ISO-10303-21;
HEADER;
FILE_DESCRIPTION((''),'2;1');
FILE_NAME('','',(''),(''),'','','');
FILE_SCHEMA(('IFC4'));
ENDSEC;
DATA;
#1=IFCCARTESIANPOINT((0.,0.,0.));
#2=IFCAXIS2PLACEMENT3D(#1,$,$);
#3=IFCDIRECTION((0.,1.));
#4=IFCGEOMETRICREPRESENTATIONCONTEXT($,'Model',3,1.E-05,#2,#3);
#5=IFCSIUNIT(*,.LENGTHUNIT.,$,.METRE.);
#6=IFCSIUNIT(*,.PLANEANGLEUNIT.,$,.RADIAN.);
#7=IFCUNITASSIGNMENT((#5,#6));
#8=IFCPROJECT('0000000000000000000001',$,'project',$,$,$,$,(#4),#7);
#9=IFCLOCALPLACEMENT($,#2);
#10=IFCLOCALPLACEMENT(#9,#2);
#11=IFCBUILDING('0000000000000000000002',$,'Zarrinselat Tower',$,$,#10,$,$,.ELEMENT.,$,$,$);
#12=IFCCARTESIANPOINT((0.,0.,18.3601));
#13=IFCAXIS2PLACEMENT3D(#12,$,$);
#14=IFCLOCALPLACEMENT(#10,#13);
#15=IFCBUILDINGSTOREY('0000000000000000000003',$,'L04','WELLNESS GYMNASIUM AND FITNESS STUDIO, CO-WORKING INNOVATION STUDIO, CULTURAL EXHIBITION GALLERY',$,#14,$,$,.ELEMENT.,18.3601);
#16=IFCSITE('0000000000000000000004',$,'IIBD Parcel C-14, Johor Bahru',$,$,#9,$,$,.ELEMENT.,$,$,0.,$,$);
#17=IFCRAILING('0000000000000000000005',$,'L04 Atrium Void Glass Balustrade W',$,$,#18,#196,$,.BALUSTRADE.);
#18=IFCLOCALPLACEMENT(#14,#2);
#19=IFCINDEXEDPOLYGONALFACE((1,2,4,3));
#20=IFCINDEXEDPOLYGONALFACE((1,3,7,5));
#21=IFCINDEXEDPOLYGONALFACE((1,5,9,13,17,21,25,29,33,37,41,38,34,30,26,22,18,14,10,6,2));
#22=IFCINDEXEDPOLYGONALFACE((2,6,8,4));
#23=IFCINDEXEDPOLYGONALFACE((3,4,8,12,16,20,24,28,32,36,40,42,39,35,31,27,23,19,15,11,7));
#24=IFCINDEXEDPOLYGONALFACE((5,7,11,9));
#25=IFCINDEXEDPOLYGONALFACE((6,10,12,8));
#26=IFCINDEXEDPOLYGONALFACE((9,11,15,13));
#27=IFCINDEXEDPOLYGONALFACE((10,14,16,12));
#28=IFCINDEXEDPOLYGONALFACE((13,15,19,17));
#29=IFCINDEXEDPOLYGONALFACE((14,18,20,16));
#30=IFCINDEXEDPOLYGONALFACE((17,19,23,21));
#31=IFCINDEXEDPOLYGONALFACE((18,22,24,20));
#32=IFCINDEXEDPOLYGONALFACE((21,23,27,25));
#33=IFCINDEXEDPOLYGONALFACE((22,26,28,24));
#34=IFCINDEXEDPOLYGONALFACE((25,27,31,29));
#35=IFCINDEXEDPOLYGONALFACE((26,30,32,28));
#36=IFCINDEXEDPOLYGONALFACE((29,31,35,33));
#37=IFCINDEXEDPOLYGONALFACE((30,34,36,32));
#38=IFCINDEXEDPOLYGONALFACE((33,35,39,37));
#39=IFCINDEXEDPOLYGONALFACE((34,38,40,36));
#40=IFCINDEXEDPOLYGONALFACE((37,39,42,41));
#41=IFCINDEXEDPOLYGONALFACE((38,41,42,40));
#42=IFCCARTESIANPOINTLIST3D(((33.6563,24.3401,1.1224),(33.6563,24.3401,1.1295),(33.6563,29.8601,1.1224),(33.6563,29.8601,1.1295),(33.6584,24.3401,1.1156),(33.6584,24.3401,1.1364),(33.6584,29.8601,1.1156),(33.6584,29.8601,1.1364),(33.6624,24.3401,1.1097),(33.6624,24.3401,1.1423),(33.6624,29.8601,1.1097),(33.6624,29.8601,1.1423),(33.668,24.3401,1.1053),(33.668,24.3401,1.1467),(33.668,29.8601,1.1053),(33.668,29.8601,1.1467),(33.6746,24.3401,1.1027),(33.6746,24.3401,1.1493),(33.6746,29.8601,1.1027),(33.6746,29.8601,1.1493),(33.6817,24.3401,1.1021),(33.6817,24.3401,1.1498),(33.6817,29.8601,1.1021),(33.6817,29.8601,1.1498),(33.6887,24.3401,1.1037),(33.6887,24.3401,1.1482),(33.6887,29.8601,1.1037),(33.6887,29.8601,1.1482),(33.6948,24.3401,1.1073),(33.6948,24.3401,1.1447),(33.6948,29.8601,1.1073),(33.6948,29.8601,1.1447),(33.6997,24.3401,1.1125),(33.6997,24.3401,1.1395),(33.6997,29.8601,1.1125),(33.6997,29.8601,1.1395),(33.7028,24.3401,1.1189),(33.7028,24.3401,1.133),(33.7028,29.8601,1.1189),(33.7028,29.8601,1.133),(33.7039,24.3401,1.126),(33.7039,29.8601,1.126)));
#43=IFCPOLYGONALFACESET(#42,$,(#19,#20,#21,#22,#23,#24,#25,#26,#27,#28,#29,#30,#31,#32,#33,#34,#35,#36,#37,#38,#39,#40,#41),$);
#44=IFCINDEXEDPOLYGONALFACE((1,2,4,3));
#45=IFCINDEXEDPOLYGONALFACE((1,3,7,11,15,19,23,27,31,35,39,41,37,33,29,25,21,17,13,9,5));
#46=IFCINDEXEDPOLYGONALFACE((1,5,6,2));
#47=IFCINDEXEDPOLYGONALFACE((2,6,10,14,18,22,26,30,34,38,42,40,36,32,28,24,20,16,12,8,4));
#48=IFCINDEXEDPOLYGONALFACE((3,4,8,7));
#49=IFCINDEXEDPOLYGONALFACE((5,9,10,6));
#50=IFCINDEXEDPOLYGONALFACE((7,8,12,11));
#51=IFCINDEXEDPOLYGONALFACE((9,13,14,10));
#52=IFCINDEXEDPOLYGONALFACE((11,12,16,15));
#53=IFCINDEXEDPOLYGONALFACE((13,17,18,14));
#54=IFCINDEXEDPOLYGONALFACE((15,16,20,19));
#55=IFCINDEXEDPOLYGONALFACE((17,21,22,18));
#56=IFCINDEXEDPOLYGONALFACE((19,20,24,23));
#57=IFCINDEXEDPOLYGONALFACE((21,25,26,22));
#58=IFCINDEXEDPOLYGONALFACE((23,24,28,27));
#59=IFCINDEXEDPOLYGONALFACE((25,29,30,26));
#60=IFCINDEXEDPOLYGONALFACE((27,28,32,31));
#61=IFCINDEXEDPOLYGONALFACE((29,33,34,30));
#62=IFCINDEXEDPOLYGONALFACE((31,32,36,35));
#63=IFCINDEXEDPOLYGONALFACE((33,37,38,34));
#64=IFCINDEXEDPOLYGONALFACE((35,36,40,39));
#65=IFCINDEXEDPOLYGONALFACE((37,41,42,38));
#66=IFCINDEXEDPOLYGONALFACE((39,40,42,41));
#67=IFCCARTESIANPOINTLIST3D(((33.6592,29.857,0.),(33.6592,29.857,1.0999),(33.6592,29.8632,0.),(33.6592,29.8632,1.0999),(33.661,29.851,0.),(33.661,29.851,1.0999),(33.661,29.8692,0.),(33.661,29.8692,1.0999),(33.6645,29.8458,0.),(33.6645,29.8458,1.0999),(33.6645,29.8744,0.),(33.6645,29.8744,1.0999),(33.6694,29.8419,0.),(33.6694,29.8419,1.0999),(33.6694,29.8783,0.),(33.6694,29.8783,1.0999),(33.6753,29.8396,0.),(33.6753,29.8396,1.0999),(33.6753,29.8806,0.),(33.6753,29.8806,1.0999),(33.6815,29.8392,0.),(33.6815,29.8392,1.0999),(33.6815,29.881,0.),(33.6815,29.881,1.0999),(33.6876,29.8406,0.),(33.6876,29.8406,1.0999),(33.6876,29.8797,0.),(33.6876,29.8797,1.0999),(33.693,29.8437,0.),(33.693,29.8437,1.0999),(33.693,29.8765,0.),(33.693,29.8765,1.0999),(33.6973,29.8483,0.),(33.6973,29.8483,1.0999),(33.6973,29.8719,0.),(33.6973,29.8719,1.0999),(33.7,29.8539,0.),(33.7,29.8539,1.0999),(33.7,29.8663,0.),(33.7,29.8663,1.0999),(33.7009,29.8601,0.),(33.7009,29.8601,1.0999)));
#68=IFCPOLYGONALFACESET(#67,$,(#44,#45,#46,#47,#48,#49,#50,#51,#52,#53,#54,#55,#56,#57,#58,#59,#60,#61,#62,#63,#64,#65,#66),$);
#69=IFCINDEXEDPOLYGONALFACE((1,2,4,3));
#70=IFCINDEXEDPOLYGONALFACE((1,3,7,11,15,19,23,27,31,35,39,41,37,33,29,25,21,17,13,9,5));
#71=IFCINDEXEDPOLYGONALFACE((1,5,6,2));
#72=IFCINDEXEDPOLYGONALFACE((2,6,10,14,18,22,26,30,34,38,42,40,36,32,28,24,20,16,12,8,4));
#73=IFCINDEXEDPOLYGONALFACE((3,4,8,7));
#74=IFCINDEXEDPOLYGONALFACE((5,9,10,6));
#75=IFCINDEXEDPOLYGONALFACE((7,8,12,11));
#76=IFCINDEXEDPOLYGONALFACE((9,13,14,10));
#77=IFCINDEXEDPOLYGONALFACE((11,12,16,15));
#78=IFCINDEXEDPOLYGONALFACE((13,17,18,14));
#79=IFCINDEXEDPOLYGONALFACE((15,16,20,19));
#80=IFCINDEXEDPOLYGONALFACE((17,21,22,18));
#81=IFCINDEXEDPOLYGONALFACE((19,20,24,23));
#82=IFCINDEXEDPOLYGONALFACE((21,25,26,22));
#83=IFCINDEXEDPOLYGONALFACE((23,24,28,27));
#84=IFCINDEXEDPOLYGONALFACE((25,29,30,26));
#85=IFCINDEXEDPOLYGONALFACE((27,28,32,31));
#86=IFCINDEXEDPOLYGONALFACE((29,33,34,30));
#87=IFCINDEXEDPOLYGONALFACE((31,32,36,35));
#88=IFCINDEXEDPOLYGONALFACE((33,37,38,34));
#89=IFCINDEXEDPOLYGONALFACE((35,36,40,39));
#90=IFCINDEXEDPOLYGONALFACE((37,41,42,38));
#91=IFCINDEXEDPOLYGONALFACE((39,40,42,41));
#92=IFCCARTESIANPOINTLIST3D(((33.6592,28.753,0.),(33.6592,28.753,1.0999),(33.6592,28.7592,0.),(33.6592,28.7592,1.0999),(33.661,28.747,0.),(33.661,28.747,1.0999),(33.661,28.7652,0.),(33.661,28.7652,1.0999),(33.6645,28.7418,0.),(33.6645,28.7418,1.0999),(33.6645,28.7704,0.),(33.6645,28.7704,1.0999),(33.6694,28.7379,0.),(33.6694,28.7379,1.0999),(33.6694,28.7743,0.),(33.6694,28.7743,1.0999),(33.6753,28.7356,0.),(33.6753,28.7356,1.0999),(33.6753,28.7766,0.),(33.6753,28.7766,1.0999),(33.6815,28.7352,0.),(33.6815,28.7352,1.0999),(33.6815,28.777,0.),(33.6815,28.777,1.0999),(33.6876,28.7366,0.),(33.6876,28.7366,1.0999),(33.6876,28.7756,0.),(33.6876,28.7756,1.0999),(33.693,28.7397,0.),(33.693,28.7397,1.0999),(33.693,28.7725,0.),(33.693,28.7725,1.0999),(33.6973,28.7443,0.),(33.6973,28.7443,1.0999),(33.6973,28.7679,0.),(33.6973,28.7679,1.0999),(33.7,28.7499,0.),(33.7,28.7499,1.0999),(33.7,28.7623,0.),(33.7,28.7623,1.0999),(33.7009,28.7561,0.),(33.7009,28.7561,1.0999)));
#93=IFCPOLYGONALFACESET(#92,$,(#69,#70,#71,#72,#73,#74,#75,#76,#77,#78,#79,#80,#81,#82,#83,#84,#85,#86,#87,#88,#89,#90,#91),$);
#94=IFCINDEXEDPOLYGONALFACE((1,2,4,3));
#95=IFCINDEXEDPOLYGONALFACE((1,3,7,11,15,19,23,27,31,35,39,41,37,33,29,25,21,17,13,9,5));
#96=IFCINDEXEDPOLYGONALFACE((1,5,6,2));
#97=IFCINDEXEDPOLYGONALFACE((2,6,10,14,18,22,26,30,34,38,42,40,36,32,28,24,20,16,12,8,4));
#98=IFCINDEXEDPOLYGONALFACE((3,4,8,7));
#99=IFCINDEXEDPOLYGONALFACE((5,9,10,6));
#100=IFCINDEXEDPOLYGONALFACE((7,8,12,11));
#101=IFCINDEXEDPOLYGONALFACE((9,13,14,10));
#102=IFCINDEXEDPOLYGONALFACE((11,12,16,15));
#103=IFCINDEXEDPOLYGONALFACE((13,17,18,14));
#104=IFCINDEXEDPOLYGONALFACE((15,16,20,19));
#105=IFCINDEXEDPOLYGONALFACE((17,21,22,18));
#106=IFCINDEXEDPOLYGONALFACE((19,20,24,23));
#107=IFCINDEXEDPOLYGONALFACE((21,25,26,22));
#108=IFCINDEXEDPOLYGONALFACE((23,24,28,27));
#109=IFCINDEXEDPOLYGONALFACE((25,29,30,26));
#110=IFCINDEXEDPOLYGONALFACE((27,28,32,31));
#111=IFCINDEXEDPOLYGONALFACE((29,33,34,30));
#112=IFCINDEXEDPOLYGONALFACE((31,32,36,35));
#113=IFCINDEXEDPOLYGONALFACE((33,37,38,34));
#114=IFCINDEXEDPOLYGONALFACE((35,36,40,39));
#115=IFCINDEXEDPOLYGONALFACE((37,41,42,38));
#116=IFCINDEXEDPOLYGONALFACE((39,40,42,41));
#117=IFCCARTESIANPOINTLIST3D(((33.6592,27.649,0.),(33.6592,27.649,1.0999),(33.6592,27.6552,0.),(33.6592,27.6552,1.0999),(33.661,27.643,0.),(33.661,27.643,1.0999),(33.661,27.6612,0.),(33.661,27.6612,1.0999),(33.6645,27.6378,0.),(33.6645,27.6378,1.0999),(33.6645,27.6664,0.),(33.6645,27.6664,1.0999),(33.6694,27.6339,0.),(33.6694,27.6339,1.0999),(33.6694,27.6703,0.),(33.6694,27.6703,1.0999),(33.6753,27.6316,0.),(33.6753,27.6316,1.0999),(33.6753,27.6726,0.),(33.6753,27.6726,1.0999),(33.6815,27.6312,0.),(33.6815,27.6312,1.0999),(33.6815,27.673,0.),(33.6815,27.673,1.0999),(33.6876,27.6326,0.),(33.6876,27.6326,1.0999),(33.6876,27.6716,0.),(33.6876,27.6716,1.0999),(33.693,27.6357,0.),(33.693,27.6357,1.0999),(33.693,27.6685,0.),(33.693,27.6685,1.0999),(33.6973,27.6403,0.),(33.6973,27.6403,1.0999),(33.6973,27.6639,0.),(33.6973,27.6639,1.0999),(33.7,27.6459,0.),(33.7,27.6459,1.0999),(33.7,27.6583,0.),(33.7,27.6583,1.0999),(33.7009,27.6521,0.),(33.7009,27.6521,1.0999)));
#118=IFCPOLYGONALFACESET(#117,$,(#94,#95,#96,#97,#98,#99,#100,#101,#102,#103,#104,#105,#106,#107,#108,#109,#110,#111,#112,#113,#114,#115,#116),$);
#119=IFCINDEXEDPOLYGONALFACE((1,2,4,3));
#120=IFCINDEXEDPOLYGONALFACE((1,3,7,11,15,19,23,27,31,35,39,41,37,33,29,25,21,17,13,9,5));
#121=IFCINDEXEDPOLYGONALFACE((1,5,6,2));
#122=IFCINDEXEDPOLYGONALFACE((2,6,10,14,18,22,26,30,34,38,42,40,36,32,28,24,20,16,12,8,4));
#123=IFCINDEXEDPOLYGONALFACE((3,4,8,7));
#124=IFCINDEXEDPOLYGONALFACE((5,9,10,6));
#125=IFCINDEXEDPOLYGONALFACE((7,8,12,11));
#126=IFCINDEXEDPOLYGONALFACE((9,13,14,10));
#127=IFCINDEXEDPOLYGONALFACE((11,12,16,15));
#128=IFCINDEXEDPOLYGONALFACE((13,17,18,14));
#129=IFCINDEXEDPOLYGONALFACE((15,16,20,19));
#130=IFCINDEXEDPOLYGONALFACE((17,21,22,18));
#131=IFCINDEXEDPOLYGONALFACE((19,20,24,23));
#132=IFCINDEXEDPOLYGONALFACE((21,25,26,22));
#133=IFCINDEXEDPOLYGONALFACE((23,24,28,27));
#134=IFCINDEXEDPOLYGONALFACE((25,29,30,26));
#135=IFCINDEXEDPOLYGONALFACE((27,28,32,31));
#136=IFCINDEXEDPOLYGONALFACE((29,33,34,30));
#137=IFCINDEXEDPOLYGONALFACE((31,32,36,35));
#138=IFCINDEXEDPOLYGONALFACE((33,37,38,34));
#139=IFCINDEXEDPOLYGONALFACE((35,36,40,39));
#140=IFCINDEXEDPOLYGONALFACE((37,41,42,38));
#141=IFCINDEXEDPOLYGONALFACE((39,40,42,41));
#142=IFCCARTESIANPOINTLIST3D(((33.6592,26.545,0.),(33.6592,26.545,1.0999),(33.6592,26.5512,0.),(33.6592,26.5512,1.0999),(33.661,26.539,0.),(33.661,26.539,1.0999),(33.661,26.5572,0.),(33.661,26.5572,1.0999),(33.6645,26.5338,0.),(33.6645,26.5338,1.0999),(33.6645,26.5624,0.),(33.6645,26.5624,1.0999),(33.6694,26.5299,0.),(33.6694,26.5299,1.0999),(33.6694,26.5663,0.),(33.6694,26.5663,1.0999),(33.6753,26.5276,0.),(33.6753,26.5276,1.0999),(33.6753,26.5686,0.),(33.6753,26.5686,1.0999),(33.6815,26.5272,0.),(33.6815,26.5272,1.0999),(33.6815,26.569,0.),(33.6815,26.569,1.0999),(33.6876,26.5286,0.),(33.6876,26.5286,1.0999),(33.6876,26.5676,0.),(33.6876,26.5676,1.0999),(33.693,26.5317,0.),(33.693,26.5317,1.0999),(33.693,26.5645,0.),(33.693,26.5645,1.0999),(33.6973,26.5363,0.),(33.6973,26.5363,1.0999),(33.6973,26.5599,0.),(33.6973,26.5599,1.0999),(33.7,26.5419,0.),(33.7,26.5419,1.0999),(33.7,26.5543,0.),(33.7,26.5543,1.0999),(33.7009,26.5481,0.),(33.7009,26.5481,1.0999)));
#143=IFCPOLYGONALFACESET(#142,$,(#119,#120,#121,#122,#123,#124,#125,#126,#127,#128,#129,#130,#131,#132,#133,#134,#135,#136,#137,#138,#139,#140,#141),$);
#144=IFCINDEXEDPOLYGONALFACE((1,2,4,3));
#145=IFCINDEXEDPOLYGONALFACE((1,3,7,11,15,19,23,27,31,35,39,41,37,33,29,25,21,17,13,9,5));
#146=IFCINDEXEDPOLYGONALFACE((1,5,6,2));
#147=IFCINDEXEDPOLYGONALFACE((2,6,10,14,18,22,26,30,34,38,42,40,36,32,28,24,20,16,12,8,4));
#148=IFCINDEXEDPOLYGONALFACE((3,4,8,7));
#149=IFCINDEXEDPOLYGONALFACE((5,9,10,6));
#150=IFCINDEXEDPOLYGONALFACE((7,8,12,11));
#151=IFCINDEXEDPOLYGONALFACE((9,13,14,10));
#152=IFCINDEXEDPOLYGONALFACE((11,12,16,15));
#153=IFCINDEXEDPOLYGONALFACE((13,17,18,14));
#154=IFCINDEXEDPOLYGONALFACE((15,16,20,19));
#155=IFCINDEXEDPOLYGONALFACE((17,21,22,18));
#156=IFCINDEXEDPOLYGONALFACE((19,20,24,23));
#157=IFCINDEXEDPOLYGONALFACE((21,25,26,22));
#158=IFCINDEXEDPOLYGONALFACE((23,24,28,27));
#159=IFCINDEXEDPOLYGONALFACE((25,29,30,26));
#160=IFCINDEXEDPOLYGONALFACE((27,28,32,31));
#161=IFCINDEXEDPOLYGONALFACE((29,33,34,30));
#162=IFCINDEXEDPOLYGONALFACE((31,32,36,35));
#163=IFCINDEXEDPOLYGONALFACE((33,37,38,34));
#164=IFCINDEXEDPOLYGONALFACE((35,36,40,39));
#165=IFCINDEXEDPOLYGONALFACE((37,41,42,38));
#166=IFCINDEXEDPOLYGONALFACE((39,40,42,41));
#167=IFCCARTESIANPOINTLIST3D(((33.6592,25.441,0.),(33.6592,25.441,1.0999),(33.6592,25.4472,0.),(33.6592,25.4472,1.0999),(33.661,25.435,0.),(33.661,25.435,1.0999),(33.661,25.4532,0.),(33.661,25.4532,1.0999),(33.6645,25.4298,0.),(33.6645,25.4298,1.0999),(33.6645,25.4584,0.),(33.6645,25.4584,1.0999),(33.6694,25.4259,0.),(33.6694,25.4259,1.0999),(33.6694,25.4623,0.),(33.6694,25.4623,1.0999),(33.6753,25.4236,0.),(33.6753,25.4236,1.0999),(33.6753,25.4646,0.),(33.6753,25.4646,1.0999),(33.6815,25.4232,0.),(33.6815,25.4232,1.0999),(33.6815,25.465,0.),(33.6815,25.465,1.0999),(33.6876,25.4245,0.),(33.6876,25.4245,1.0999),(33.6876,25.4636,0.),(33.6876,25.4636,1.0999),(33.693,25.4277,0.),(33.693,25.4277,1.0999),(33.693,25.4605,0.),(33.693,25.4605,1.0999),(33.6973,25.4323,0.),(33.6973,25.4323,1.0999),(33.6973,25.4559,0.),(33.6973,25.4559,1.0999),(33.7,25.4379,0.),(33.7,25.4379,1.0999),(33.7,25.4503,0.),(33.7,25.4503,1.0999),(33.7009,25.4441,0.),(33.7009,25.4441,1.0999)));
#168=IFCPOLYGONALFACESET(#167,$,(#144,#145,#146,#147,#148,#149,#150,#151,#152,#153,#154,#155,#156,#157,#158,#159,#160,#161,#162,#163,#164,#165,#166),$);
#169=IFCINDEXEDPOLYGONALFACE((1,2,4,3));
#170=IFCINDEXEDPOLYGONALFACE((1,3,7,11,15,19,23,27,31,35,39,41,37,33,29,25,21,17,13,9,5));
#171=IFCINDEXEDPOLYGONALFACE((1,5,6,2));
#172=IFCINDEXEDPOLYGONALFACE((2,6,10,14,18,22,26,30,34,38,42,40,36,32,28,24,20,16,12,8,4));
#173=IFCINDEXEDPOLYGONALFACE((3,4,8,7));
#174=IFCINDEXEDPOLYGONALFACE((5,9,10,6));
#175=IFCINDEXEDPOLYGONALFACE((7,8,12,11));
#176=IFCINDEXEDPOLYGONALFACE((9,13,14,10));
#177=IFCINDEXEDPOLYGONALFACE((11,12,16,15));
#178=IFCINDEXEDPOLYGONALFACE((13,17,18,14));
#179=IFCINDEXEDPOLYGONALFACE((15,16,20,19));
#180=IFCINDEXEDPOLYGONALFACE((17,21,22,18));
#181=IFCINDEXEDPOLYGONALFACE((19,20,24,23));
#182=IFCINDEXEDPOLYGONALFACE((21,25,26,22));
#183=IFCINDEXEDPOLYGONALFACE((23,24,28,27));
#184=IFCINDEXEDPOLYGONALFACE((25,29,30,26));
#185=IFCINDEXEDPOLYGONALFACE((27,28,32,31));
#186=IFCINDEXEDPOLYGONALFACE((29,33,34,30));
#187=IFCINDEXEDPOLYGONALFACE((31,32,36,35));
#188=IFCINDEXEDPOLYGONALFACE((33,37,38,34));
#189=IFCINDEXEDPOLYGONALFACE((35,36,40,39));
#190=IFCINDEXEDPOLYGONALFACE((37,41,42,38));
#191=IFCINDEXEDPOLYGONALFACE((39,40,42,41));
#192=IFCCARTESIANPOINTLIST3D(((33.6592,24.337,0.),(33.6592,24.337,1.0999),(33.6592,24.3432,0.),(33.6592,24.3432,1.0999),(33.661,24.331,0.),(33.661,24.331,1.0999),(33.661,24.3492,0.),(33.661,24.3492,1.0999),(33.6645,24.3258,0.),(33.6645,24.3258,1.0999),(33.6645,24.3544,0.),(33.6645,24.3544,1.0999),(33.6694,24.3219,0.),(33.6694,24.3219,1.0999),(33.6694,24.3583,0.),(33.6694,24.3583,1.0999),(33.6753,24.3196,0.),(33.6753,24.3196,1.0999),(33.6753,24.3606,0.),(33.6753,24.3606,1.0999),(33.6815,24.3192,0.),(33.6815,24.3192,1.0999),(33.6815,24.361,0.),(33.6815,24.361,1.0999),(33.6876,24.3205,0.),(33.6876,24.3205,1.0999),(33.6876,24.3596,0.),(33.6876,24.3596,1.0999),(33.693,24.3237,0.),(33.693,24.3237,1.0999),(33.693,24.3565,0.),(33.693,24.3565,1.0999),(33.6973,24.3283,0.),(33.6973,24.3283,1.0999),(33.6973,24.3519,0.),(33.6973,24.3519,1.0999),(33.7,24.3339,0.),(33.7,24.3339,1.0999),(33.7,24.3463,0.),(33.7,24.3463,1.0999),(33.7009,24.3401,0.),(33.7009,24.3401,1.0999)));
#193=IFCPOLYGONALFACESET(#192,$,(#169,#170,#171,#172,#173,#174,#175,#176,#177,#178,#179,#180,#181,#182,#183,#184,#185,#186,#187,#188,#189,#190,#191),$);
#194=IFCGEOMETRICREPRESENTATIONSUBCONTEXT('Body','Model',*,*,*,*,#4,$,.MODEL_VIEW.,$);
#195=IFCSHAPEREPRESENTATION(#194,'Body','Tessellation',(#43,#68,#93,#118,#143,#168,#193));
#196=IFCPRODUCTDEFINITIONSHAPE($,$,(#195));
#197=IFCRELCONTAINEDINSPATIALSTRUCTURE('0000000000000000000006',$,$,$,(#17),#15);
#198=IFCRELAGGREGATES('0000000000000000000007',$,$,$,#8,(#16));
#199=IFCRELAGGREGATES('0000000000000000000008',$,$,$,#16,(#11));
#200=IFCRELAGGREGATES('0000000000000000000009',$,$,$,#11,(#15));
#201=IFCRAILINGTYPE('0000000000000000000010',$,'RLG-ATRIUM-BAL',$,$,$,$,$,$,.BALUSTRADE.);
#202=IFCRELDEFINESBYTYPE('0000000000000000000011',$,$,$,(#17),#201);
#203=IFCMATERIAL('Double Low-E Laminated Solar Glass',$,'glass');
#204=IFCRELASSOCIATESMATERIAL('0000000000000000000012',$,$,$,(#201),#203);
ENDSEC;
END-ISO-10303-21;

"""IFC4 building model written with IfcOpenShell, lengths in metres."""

from ifc_helpers import new_model, si_unit, direction, frame, origin, origin_2d, place, context, subcontext, project, spatial, circle, extrude, material, type_object, element, save


model = new_model("IFC4")

# Units and contexts
model_context = context("Model", 3, precision=1e-05, world=origin(), true_north=direction((0.0, 1.0)))
body_context = subcontext(model_context, "Body", "Model", "MODEL_VIEW")
ifc_project = project(units=[si_unit("LENGTHUNIT", "METRE"), si_unit("PLANEANGLEUNIT", "RADIAN")], contexts=[model_context])

# Site, building, storey
site_placement = place(None, origin())
site = spatial("IfcSite", under=ifc_project, at=site_placement, Name="IIBD Parcel C-14, Johor Bahru", CompositionType="ELEMENT", RefElevation=0.0)
building_placement = place(site_placement, origin())
building = spatial("IfcBuilding", under=site, at=building_placement, Name="Zarrinselat Tower", CompositionType="ELEMENT")
storey_placement = place(building_placement, frame((0.0, 0.0, 18.3601)))
storey = spatial("IfcBuildingStorey", under=building, at=storey_placement, Name="L04", Description="WELLNESS GYMNASIUM AND FITNESS STUDIO, CO-WORKING INNOVATION STUDIO, CULTURAL EXHIBITION GALLERY", CompositionType="ELEMENT", Elevation=18.3601)

# Railing
ifc_material_1 = material(Name="Double Low-E Laminated Solar Glass", Category="glass")
railing_type = type_object("IfcRailingType", Name="RLG-ATRIUM-BAL", PredefinedType="BALUSTRADE", material=ifc_material_1)
railing_1_placement = place(storey_placement, frame((33.6799, 29.8601, 0.0)))
element("IfcRailing", 1, at=railing_1_placement, inside=storey, type_object=railing_type, Name="L04 Atrium Void Glass Balustrade W", PredefinedType="BALUSTRADE", context=body_context, shape_type="SweptSolid", body=[
    extrude(circle(Radius=0.0239, at=origin_2d()), frame((0.0, 0.0, 1.126), z_axis=(0.0, -1.0, 0.0), x_axis=(1.0, 0.0, 0.0)), (0.0, 0.0, 1.0), 5.52),
    extrude(circle(Radius=0.021, at=origin_2d()), origin(), (0.0, 0.0, 1.0), 1.0999),
    extrude(circle(Radius=0.021, at=origin_2d()), frame((0.0, -1.104, 0.0)), (0.0, 0.0, 1.0), 1.0999),
    extrude(circle(Radius=0.021, at=origin_2d()), frame((0.0, -2.208, 0.0)), (0.0, 0.0, 1.0), 1.0999),
    extrude(circle(Radius=0.021, at=origin_2d()), frame((0.0, -3.312, 0.0)), (0.0, 0.0, 1.0), 1.0999),
    extrude(circle(Radius=0.021, at=origin_2d()), frame((0.0, -4.416, 0.0)), (0.0, 0.0, 1.0), 1.0999),
    extrude(circle(Radius=0.021, at=origin_2d()), frame((0.0, -5.52, 0.0)), (0.0, 0.0, 1.0), 1.0999),
])

save(model, "model.ifc")
